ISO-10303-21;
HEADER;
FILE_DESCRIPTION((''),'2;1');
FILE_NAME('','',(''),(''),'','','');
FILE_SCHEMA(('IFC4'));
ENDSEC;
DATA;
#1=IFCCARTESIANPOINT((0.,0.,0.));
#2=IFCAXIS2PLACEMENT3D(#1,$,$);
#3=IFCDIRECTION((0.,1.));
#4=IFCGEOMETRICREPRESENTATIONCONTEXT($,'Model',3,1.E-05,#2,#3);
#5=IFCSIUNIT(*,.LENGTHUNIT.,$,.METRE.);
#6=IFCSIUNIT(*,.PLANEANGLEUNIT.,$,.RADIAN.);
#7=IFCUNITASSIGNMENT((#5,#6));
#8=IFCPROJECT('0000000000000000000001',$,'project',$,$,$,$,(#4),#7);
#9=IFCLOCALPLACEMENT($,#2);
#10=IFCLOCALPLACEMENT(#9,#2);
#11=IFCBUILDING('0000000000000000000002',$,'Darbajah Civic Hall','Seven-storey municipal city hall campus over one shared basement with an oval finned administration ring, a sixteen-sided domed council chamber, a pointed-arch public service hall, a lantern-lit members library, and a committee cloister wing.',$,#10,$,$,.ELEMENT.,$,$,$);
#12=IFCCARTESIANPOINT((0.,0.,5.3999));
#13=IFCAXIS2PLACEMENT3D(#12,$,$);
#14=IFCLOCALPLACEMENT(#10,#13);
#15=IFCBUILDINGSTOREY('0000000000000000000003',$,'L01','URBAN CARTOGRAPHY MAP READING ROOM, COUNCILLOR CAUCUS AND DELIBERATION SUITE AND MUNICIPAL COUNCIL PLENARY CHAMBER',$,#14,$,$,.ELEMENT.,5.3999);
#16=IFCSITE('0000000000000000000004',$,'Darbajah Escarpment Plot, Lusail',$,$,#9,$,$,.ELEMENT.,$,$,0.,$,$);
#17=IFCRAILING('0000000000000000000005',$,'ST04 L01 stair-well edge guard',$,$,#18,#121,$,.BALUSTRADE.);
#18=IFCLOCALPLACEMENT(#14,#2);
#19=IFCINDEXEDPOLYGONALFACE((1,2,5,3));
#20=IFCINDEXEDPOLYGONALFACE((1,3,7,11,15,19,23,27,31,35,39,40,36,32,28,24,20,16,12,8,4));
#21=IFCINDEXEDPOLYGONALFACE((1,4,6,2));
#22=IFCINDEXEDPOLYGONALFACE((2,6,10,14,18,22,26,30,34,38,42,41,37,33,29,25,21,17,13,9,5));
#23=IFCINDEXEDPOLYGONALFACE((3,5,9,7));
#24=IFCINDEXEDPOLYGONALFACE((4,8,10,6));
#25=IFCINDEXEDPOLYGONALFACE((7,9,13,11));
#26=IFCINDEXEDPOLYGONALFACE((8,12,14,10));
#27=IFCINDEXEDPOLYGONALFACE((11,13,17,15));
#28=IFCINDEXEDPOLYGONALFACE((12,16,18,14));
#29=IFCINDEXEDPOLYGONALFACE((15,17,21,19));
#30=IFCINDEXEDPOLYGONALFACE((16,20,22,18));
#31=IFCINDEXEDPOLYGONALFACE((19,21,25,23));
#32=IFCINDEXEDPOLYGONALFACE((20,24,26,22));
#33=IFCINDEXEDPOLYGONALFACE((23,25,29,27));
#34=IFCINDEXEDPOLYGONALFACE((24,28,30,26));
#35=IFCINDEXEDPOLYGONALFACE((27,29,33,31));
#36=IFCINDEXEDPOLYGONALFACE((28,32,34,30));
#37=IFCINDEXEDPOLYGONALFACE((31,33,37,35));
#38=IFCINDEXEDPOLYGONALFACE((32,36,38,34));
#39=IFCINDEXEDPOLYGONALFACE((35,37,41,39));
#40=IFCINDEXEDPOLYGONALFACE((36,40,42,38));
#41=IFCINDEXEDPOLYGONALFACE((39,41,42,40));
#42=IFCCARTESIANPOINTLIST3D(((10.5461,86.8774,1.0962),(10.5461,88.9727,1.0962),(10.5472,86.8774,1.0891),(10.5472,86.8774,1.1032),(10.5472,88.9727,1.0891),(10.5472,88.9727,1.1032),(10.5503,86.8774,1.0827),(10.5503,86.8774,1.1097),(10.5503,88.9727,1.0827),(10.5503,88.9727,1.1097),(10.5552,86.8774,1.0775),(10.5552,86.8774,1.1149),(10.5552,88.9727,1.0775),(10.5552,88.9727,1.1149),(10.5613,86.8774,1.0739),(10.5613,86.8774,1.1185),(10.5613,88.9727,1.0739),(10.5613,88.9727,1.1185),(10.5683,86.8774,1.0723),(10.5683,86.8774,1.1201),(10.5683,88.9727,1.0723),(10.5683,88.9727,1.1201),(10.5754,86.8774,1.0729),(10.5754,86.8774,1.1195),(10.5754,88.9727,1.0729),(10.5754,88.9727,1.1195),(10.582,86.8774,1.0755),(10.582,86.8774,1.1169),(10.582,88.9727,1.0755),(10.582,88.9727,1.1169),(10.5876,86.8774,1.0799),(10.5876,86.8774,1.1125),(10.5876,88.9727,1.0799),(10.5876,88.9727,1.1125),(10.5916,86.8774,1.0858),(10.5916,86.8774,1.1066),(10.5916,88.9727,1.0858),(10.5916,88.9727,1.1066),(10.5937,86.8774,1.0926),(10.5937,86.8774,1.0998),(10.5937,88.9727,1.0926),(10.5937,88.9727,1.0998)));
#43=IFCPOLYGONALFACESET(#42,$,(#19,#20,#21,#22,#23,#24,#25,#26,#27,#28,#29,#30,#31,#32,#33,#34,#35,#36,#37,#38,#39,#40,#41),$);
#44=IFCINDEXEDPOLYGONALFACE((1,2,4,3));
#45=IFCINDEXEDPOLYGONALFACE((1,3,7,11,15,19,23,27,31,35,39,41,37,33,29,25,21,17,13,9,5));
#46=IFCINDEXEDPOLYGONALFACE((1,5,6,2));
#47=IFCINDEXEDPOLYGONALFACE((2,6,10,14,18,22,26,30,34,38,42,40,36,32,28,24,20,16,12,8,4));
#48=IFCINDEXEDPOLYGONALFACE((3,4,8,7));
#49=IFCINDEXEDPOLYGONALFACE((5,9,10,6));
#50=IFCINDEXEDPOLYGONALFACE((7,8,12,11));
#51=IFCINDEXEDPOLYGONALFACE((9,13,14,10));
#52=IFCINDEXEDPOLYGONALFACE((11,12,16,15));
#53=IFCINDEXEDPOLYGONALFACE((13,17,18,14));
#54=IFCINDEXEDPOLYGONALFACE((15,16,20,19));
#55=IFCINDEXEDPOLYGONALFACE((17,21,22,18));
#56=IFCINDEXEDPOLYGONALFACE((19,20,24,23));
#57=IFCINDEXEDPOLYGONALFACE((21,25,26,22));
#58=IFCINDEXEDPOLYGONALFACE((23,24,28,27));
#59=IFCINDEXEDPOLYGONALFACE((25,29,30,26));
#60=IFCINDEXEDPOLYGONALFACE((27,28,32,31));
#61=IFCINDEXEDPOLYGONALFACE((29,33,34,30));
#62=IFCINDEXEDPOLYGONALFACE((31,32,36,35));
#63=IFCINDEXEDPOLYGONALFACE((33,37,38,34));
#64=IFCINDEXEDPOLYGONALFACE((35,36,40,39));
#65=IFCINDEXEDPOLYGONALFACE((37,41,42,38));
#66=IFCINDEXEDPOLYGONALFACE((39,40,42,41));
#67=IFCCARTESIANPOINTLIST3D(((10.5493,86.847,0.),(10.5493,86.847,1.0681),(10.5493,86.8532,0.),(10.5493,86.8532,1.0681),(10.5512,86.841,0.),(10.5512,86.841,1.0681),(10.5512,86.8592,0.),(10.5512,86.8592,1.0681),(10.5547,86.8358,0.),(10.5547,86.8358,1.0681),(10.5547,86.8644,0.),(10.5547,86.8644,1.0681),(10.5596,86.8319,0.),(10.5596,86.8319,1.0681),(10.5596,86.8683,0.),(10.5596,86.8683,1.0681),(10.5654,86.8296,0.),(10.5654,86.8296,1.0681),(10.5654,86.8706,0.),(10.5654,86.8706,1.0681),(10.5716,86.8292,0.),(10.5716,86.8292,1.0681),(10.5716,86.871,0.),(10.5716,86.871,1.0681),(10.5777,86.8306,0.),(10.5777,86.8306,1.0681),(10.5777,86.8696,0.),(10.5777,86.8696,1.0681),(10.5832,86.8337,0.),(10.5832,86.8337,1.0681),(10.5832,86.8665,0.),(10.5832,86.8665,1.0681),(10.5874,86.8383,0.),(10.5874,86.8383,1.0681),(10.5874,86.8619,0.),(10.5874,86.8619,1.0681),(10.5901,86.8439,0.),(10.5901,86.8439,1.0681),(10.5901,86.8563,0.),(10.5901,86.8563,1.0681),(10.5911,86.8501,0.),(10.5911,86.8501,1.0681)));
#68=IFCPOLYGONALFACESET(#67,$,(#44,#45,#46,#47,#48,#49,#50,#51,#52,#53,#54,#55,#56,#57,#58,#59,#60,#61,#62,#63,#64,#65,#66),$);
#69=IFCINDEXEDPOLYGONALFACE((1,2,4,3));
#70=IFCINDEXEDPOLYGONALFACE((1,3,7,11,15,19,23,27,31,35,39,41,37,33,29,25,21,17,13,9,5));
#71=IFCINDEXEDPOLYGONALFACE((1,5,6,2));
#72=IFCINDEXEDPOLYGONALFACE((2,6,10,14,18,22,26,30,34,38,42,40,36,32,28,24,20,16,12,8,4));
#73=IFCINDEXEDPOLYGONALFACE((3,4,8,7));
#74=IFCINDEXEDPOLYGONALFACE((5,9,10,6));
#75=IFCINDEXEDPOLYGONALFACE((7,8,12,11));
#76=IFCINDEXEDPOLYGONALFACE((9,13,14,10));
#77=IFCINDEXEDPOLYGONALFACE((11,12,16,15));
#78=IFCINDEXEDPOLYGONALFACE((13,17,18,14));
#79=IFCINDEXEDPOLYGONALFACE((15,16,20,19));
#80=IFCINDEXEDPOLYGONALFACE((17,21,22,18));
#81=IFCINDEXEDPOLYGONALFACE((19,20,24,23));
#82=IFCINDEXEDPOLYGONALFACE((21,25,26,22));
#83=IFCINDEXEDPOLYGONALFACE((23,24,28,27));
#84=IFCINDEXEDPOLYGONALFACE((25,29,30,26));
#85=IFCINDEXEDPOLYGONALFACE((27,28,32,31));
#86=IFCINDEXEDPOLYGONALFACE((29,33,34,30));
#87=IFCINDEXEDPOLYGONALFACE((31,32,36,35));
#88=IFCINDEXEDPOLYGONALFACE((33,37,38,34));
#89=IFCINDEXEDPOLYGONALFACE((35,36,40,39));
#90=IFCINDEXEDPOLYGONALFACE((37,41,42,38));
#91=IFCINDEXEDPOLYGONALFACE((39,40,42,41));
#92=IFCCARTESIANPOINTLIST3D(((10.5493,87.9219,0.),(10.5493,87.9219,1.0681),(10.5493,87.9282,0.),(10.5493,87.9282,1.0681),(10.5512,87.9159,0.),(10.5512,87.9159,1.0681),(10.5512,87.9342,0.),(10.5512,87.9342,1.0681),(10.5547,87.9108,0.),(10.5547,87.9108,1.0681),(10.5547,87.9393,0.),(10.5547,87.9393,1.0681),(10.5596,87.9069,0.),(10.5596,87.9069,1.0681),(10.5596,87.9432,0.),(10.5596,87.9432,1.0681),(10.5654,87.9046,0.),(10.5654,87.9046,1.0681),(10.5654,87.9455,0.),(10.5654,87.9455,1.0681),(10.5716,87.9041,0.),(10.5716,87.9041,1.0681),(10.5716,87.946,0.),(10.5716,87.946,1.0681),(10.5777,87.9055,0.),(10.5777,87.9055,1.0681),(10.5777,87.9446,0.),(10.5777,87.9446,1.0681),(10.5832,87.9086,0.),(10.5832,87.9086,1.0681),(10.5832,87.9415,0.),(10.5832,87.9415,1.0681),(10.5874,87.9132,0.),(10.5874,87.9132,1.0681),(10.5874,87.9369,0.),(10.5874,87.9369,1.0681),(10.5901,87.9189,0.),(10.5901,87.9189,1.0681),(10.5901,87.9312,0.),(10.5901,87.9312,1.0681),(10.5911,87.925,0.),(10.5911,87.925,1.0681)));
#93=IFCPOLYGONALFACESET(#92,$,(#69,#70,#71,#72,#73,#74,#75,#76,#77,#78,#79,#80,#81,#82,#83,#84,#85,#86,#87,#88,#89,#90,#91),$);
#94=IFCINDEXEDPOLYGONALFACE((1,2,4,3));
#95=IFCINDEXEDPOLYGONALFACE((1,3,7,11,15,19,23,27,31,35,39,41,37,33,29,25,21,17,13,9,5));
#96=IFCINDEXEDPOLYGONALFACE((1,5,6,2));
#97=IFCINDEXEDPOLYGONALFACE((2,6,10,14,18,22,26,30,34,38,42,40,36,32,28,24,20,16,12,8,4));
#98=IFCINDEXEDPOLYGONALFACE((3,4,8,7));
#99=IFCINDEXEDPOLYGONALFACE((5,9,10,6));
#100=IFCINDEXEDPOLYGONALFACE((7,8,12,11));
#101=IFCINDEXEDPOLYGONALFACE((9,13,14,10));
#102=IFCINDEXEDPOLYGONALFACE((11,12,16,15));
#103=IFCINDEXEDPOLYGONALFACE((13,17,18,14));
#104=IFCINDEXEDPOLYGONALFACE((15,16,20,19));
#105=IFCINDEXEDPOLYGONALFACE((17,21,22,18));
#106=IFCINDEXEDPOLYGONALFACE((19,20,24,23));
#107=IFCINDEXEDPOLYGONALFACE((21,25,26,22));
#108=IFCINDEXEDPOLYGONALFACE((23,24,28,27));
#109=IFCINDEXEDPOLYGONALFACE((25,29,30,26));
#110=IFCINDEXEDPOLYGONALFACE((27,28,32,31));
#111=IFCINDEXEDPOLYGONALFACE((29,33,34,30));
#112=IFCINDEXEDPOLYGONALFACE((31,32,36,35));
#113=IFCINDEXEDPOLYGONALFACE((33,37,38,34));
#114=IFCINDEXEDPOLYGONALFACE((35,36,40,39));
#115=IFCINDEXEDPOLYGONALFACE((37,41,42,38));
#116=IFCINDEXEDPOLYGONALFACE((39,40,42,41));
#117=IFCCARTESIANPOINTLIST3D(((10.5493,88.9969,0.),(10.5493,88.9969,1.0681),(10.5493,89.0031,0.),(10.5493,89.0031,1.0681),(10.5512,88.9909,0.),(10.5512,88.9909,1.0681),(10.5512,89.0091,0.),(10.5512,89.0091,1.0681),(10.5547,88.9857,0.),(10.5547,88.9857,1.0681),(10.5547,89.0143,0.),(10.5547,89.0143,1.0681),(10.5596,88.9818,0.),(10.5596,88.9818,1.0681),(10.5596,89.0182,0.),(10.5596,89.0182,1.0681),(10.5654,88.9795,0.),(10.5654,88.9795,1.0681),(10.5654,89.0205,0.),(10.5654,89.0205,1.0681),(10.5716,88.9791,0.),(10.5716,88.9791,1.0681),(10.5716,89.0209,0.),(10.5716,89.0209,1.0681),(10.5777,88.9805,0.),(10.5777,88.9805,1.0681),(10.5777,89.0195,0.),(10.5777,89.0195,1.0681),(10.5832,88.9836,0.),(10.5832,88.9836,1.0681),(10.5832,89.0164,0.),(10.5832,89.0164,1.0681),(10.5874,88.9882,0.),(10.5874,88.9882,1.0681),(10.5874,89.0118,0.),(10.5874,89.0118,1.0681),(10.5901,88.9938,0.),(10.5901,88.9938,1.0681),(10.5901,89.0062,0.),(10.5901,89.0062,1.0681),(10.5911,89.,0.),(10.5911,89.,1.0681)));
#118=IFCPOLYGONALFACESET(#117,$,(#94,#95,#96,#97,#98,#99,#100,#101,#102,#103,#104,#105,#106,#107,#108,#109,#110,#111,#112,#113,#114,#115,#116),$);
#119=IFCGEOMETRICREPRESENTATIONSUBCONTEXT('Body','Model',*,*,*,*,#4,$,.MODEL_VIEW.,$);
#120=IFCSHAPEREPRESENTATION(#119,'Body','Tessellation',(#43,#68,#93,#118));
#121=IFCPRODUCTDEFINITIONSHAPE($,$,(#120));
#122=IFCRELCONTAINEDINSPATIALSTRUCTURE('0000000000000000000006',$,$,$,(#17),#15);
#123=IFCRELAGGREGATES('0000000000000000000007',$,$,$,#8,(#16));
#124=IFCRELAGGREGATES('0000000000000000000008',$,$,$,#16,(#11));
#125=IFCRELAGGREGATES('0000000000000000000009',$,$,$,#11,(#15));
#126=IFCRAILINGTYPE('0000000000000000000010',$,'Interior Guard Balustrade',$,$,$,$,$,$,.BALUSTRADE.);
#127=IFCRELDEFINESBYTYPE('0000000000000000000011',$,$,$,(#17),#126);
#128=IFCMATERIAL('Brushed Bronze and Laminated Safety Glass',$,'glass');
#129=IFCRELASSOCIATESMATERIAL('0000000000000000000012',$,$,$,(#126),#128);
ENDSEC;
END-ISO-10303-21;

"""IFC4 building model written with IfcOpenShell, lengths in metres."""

from ifc_helpers import new_model, si_unit, direction, frame, origin, origin_2d, place, context, subcontext, project, spatial, circle, extrude, material, type_object, element, save


model = new_model("IFC4")

# Units and contexts
model_context = context("Model", 3, precision=1e-05, world=origin(), true_north=direction((0.0, 1.0)))
body_context = subcontext(model_context, "Body", "Model", "MODEL_VIEW")
ifc_project = project(units=[si_unit("LENGTHUNIT", "METRE"), si_unit("PLANEANGLEUNIT", "RADIAN")], contexts=[model_context])

# Site, building, storey
site_placement = place(None, origin())
site = spatial("IfcSite", under=ifc_project, at=site_placement, Name="Darbajah Escarpment Plot, Lusail", CompositionType="ELEMENT", RefElevation=0.0)
building_placement = place(site_placement, origin())
building = spatial("IfcBuilding", under=site, at=building_placement, Name="Darbajah Civic Hall", Description="Seven-storey municipal city hall campus over one shared basement with an oval finned administration ring, a sixteen-sided domed council chamber, a pointed-arch public service hall, a lantern-lit members library, and a committee cloister wing.", CompositionType="ELEMENT")
storey_placement = place(building_placement, frame((0.0, 0.0, 5.3999)))
storey = spatial("IfcBuildingStorey", under=building, at=storey_placement, Name="L01", Description="URBAN CARTOGRAPHY MAP READING ROOM, COUNCILLOR CAUCUS AND DELIBERATION SUITE AND MUNICIPAL COUNCIL PLENARY CHAMBER", CompositionType="ELEMENT", Elevation=5.3999)

# Railing
ifc_material_1 = material(Name="Brushed Bronze and Laminated Safety Glass", Category="glass")
railing_type_1 = type_object("IfcRailingType", Name="Interior Guard Balustrade", PredefinedType="BALUSTRADE", material=ifc_material_1)
railing_1_placement = place(storey_placement, frame((10.5701, 86.8501, 0.0)))
element("IfcRailing", 1, at=railing_1_placement, inside=storey, type_object=railing_type_1, Name="ST04 L01 stair-well edge guard", PredefinedType="BALUSTRADE", context=body_context, shape_type="SweptSolid", body=[
    extrude(circle(Radius=0.0239, at=origin_2d()), frame((0.0, 0.0273, 1.0962), z_axis=(0.0, 1.0, 0.0), x_axis=(-1.0, 0.0, 0.0)), (0.0, 0.0, 1.0), 2.0952),
    extrude(circle(Radius=0.021, at=origin_2d()), origin(), (0.0, 0.0, 1.0), 1.0681),
    extrude(circle(Radius=0.021, at=origin_2d()), frame((0.0, 1.075, 0.0)), (0.0, 0.0, 1.0), 1.0681),
    extrude(circle(Radius=0.021, at=origin_2d()), frame((0.0, 2.1499, 0.0)), (0.0, 0.0, 1.0), 1.0681),
])

save(model, "model.ifc")
